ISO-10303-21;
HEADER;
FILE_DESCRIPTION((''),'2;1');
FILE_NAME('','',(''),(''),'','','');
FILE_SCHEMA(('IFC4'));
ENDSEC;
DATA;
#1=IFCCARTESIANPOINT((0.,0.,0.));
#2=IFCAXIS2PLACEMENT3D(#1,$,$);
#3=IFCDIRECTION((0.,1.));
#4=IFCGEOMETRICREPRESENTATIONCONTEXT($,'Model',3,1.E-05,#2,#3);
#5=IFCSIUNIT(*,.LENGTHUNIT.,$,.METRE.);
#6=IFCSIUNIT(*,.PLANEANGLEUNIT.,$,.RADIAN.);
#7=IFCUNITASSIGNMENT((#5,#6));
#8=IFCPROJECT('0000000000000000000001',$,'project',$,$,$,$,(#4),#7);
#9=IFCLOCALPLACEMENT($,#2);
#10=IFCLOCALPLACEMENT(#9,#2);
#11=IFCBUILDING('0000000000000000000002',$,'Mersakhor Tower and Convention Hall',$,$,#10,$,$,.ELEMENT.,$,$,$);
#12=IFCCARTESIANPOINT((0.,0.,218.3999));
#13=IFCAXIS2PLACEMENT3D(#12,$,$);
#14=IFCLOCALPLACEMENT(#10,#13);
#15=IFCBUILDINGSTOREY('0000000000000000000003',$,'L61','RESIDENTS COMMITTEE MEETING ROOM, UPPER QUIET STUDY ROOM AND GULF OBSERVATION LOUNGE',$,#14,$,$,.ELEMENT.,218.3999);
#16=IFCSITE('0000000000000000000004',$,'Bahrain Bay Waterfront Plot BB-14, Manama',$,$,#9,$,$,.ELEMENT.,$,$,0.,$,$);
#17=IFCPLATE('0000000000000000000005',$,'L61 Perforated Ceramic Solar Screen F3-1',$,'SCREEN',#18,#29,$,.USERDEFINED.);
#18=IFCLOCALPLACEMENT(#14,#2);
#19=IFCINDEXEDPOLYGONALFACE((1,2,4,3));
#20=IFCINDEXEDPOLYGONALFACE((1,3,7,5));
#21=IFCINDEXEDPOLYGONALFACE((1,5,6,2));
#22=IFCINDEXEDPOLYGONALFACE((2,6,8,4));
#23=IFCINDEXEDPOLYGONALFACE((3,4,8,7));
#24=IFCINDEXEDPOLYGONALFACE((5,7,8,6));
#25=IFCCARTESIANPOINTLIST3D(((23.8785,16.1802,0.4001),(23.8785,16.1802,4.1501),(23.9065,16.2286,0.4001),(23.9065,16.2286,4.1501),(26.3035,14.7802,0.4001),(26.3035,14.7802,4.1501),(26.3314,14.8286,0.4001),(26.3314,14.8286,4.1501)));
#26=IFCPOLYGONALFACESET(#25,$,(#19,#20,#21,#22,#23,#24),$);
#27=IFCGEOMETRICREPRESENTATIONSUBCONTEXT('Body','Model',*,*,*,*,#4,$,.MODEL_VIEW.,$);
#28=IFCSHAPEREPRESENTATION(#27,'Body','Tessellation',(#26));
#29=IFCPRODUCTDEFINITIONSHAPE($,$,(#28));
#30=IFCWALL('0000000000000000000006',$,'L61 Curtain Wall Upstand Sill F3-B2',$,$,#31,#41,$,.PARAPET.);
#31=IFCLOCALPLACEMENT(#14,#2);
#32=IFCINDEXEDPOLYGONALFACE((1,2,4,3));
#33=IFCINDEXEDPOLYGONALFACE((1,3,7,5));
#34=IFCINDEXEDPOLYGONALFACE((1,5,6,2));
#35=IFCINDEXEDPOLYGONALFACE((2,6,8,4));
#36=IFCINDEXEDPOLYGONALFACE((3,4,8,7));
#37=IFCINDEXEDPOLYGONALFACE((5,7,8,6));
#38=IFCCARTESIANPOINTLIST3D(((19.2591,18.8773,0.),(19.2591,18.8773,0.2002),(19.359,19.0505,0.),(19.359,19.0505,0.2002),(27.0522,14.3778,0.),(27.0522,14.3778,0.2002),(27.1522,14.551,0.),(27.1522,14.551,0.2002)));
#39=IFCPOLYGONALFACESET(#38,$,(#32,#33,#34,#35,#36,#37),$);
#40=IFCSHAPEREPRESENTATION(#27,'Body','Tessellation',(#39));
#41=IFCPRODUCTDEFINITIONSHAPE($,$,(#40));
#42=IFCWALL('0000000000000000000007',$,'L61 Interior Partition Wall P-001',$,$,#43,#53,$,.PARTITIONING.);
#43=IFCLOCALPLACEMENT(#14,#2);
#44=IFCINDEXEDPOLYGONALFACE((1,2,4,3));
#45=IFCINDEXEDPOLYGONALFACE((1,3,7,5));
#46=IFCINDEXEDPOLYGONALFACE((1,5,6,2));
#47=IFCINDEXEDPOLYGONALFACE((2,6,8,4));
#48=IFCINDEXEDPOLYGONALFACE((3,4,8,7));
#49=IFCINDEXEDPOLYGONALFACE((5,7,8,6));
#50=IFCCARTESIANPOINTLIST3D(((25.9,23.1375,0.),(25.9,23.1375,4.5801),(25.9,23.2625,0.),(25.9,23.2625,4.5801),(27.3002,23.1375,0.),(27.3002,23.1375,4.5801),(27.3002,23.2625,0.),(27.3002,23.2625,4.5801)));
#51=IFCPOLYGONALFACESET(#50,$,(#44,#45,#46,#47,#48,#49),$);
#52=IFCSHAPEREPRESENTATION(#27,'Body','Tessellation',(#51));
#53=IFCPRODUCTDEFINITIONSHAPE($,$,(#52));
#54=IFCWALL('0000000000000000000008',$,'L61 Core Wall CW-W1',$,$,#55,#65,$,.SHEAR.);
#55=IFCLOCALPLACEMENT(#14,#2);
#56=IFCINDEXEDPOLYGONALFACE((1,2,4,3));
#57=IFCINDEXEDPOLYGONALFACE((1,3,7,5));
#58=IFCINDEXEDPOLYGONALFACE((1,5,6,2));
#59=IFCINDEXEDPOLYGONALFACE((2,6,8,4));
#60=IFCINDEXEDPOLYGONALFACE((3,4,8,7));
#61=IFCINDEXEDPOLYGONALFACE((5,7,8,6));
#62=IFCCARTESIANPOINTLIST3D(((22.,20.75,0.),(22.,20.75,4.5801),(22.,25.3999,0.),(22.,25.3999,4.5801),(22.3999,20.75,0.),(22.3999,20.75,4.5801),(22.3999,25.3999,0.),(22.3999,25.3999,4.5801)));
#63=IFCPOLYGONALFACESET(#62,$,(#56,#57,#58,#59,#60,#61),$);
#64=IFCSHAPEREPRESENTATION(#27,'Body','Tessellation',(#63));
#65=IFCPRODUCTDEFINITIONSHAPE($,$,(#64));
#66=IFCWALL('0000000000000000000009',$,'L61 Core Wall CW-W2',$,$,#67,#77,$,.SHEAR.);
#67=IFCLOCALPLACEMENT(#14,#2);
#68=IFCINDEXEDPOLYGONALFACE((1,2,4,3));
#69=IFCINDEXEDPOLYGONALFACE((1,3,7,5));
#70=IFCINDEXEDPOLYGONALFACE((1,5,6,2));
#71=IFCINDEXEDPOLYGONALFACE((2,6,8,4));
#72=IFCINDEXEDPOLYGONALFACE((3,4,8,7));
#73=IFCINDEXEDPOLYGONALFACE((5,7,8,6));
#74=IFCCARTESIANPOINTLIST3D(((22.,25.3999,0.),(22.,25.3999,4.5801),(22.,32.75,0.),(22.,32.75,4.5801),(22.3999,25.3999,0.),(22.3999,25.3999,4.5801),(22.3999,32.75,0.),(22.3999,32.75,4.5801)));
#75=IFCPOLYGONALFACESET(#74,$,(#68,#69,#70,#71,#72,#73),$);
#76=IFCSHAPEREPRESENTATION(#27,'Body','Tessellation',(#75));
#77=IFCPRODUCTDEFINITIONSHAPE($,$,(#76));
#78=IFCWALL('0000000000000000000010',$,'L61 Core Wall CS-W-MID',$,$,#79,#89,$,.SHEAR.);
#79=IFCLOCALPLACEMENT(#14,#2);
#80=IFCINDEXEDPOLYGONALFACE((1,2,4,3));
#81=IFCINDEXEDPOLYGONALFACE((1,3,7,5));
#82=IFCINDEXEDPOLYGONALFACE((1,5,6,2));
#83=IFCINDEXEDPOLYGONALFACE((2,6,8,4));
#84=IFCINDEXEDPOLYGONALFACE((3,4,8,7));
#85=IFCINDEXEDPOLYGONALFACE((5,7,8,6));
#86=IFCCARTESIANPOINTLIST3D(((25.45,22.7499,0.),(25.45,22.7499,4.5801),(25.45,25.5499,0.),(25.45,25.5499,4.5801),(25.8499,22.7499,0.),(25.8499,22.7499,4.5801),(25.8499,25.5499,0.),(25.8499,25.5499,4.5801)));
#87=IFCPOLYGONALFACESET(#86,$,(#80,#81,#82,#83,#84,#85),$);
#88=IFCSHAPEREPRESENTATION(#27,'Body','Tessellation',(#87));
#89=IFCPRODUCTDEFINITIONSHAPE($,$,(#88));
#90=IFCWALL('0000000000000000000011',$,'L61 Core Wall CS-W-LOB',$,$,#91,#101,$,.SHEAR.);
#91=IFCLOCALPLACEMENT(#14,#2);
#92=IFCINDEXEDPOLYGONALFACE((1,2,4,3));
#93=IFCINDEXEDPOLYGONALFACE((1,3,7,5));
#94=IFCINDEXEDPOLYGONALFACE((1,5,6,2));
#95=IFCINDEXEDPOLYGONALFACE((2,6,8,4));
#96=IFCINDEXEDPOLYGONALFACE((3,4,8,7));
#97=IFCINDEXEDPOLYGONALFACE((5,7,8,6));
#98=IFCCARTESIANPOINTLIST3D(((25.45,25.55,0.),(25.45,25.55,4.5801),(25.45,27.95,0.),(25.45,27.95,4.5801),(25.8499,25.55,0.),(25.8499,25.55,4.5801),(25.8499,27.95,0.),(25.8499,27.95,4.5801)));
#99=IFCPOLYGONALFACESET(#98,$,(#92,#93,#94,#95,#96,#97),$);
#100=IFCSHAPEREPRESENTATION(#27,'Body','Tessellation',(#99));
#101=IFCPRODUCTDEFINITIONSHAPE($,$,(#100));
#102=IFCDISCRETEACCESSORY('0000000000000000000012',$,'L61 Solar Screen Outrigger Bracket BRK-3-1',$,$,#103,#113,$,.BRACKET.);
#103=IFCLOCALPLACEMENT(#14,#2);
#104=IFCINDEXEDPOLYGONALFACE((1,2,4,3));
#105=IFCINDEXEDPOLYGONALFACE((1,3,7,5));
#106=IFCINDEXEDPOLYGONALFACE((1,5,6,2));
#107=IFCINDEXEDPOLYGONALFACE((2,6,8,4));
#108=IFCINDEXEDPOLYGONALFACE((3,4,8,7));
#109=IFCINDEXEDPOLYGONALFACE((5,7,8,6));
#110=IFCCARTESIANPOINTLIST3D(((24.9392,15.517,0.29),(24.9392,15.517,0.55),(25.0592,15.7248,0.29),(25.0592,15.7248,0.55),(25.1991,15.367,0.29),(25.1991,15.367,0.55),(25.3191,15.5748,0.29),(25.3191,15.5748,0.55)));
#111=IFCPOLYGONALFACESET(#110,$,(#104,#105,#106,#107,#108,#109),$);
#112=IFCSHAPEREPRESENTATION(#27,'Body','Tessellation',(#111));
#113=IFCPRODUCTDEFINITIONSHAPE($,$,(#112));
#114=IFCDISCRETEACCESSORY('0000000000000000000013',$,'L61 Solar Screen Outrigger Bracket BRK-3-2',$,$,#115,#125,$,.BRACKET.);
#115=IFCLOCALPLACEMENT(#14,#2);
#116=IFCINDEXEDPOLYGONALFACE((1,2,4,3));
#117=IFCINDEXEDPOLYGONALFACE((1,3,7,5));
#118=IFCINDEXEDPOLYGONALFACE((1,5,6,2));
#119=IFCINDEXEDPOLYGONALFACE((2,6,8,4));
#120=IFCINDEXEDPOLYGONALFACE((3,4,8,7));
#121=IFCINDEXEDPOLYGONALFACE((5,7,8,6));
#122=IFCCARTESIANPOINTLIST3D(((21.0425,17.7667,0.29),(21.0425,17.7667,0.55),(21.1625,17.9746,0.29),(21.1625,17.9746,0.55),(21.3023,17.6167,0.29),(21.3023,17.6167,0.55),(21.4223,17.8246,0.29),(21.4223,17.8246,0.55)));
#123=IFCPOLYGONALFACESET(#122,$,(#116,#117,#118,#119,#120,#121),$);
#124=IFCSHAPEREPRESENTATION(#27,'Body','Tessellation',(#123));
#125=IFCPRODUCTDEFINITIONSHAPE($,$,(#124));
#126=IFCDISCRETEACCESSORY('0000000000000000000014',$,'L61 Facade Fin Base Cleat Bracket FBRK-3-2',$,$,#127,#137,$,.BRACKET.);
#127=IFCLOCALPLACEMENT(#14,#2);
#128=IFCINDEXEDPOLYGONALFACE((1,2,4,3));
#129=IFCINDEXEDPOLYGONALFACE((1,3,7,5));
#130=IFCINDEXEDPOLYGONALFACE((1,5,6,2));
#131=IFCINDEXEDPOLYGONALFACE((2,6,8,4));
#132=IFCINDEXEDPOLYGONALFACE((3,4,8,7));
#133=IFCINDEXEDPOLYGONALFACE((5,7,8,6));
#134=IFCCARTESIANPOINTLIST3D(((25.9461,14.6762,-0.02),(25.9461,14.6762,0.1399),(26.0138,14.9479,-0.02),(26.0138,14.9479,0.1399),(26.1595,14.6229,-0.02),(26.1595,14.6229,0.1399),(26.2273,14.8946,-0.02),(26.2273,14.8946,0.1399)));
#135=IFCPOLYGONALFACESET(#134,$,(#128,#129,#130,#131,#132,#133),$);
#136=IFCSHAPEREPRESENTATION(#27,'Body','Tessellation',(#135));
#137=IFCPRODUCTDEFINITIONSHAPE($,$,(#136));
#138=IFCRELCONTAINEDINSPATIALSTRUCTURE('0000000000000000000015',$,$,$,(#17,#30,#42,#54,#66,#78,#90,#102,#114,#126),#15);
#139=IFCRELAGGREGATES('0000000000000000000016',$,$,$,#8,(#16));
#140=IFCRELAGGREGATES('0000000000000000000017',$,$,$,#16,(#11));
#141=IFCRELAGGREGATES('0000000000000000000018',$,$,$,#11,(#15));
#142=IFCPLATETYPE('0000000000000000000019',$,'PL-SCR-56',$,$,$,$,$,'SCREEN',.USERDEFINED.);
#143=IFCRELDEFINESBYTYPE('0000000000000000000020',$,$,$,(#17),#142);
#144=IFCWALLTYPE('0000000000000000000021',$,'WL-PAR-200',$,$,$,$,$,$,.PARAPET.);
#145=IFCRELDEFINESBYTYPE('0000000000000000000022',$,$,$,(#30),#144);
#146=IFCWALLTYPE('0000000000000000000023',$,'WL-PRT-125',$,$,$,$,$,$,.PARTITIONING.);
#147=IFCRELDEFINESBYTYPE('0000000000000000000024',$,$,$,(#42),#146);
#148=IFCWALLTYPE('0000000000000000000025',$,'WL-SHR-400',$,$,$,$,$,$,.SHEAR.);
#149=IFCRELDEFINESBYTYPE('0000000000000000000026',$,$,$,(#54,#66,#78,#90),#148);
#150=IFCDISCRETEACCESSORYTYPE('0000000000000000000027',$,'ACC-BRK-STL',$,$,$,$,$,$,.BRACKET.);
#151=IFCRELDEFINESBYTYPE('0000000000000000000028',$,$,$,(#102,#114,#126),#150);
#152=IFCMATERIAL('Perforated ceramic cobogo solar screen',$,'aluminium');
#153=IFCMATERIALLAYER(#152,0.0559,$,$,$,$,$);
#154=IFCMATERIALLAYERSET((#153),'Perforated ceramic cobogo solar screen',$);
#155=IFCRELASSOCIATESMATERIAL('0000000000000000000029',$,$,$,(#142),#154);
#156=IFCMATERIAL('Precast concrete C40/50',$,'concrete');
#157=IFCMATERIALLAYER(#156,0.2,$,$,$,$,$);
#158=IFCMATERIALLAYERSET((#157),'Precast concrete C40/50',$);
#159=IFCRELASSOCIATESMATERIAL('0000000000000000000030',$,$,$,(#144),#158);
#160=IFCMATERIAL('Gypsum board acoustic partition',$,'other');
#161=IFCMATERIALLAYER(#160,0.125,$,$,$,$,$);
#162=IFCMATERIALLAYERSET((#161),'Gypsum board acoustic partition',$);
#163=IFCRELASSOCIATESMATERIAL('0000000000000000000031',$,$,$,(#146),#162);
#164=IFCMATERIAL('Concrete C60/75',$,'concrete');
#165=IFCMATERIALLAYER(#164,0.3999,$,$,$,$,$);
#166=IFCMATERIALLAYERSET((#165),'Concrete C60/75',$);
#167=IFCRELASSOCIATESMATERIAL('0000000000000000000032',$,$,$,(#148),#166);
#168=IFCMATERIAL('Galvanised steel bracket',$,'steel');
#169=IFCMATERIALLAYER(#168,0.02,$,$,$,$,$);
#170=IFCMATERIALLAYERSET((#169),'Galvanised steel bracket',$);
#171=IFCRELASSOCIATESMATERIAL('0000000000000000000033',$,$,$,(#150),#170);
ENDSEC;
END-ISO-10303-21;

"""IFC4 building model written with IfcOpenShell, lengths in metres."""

from ifc_helpers import new_model, si_unit, direction, frame, frame_2d, origin, origin_2d, place, context, subcontext, project, spatial, rectangle, extrude, material, layer, layer_set, type_object, element, save


model = new_model("IFC4")

# Units and contexts
model_context = context("Model", 3, precision=1e-05, world=origin(), true_north=direction((0.0, 1.0)))
body_context = subcontext(model_context, "Body", "Model", "MODEL_VIEW")
ifc_project = project(units=[si_unit("LENGTHUNIT", "METRE"), si_unit("PLANEANGLEUNIT", "RADIAN")], contexts=[model_context])

# Site, building, storey
site_placement = place(None, origin())
site = spatial("IfcSite", under=ifc_project, at=site_placement, Name="Bahrain Bay Waterfront Plot BB-14, Manama", CompositionType="ELEMENT", RefElevation=0.0)
building_placement = place(site_placement, origin())
building = spatial("IfcBuilding", under=site, at=building_placement, Name="Mersakhor Tower and Convention Hall", CompositionType="ELEMENT")
storey_placement = place(building_placement, frame((0.0, 0.0, 218.3999)))
storey = spatial("IfcBuildingStorey", under=building, at=storey_placement, Name="L61", Description="RESIDENTS COMMITTEE MEETING ROOM, UPPER QUIET STUDY ROOM AND GULF OBSERVATION LOUNGE", CompositionType="ELEMENT", Elevation=218.3999)

# Plate
ifc_material_1 = material(Name="Perforated ceramic cobogo solar screen", Category="aluminium")
ifc_layer_1 = layer(ifc_material_1, 0.0559)
ifc_layer_set_1 = layer_set([ifc_layer_1], Name="Perforated ceramic cobogo solar screen")
plate_type_1 = type_object("IfcPlateType", Name="PL-SCR-56", ElementType="SCREEN", PredefinedType="USERDEFINED", material=ifc_layer_set_1)
plate_1_placement = place(storey_placement, frame((25.105, 15.5044, 0.4001), z_axis=(0.0, 0.0, 1.0), x_axis=(-0.866025, 0.5, 0.0)))
element("IfcPlate", 1, at=plate_1_placement, inside=storey, type_object=plate_type_1, Name="L61 Perforated Ceramic Solar Screen F3-1", ObjectType="SCREEN", PredefinedType="USERDEFINED", context=body_context, shape_type="SweptSolid", body=[
    extrude(rectangle(XDim=2.8, YDim=0.0559, at=origin_2d()), origin(), (0.0, 0.0, 1.0), 3.75),
])

# Walls
ifc_material_2 = material(Name="Precast concrete C40/50", Category="concrete")
ifc_layer_2 = layer(ifc_material_2, 0.2)
ifc_layer_set_2 = layer_set([ifc_layer_2], Name="Precast concrete C40/50")
wall_type_1 = type_object("IfcWallType", Name="WL-PAR-200", PredefinedType="PARAPET", material=ifc_layer_set_2)
wall_1_placement = place(storey_placement, frame((27.1023, 14.4644, 0.0), z_axis=(0.0, 0.0, 1.0), x_axis=(-0.866021, 0.500008, 0.0)))
element("IfcWall", 2, at=wall_1_placement, inside=storey, type_object=wall_type_1, Name="L61 Curtain Wall Upstand Sill F3-B2", PredefinedType="PARAPET", context=body_context, shape_type="SweptSolid", body=[
    extrude(rectangle(XDim=8.9988, YDim=0.2, at=frame_2d((4.4995, 0.0))), origin(), (0.0, 0.0, 1.0), 0.2002),
])
ifc_material_3 = material(Name="Gypsum board acoustic partition", Category="other")
ifc_layer_3 = layer(ifc_material_3, 0.125)
ifc_layer_set_3 = layer_set([ifc_layer_3], Name="Gypsum board acoustic partition")
wall_type_2 = type_object("IfcWallType", Name="WL-PRT-125", PredefinedType="PARTITIONING", material=ifc_layer_set_3)
wall_2_placement = place(storey_placement, frame((25.8999, 23.2, 0.0), z_axis=(0.0, 0.0, 1.0), x_axis=(1.0, 0.0, 0.0)))
element("IfcWall", 3, at=wall_2_placement, inside=storey, type_object=wall_type_2, Name="L61 Interior Partition Wall P-001", PredefinedType="PARTITIONING", context=body_context, shape_type="SweptSolid", body=[
    extrude(rectangle(XDim=1.4001, YDim=0.125, at=frame_2d((0.7002, 0.0))), origin(), (0.0, 0.0, 1.0), 4.5801),
])

# Walls
ifc_material_4 = material(Name="Concrete C60/75", Category="concrete")
ifc_layer_4 = layer(ifc_material_4, 0.3999)
ifc_layer_set_4 = layer_set([ifc_layer_4], Name="Concrete C60/75")
wall_type_3 = type_object("IfcWallType", Name="WL-SHR-400", PredefinedType="SHEAR", material=ifc_layer_set_4)
wall_3_placement = place(storey_placement, frame((22.2, 20.75, 0.0), z_axis=(0.0, 0.0, 1.0), x_axis=(0.0, 1.0, 0.0)))
element("IfcWall", 4, at=wall_3_placement, inside=storey, type_object=wall_type_3, Name="L61 Core Wall CW-W1", PredefinedType="SHEAR", context=body_context, shape_type="SweptSolid", body=[
    extrude(rectangle(XDim=4.6499, YDim=0.3999, at=frame_2d((2.325, 0.0))), origin(), (0.0, 0.0, 1.0), 4.5801),
])
wall_4_placement = place(storey_placement, frame((22.2, 25.3999, 0.0), z_axis=(0.0, 0.0, 1.0), x_axis=(0.0, 1.0, 0.0)))
element("IfcWall", 5, at=wall_4_placement, inside=storey, type_object=wall_type_3, Name="L61 Core Wall CW-W2", PredefinedType="SHEAR", context=body_context, shape_type="SweptSolid", body=[
    extrude(rectangle(XDim=7.3501, YDim=0.3999, at=frame_2d((3.675, 0.0))), origin(), (0.0, 0.0, 1.0), 4.5801),
])

# Walls
wall_5_placement = place(storey_placement, frame((25.6499, 22.75, 0.0), z_axis=(0.0, 0.0, 1.0), x_axis=(0.0, 1.0, 0.0)))
element("IfcWall", 6, at=wall_5_placement, inside=storey, type_object=wall_type_3, Name="L61 Core Wall CS-W-MID", PredefinedType="SHEAR", context=body_context, shape_type="SweptSolid", body=[
    extrude(rectangle(XDim=2.8, YDim=0.3999, at=frame_2d((1.3999, 0.0))), origin(), (0.0, 0.0, 1.0), 4.5801),
])
wall_6_placement = place(storey_placement, frame((25.6499, 25.55, 0.0), z_axis=(0.0, 0.0, 1.0), x_axis=(0.0, 1.0, 0.0)))
element("IfcWall", 7, at=wall_6_placement, inside=storey, type_object=wall_type_3, Name="L61 Core Wall CS-W-LOB", PredefinedType="SHEAR", context=body_context, shape_type="SweptSolid", body=[
    extrude(rectangle(XDim=2.3999, YDim=0.3999, at=frame_2d((1.2, 0.0))), origin(), (0.0, 0.0, 1.0), 4.5801),
])

# Discrete accessories
ifc_material_5 = material(Name="Galvanised steel bracket", Category="steel")
ifc_layer_5 = layer(ifc_material_5, 0.02)
ifc_layer_set_5 = layer_set([ifc_layer_5], Name="Galvanised steel bracket")
discrete_accessory_type = type_object("IfcDiscreteAccessoryType", Name="ACC-BRK-STL", PredefinedType="BRACKET", material=ifc_layer_set_5)
for number, where, z_axis, x_axis, name in (
    (8, (25.1292, 15.5459, 0.29), (0.0, 0.0, 1.0), (-0.866025, 0.5, 0.0), "L61 Solar Screen Outrigger Bracket BRK-3-1"),
    (9, (21.2324, 17.7957, 0.29), (0.0, 0.0, 1.0), (-0.866025, 0.5, 0.0), "L61 Solar Screen Outrigger Bracket BRK-3-2"),
):
    element("IfcDiscreteAccessory", number, at=place(storey_placement, frame(where, z_axis=z_axis, x_axis=x_axis)), inside=storey, type_object=discrete_accessory_type, Name=name, PredefinedType="BRACKET", context=body_context, shape_type="SweptSolid", body=[
        extrude(rectangle(XDim=0.3, YDim=0.24, at=origin_2d()), origin(), (0.0, 0.0, 1.0), 0.26),
    ])
discrete_accessory_placement = place(storey_placement, frame((26.0867, 14.7854, -0.02), z_axis=(0.0, 0.0, 1.0), x_axis=(-0.241922, -0.970296, 0.0)))
element("IfcDiscreteAccessory", 10, at=discrete_accessory_placement, inside=storey, type_object=discrete_accessory_type, Name="L61 Facade Fin Base Cleat Bracket FBRK-3-2", PredefinedType="BRACKET", context=body_context, shape_type="SweptSolid", body=[
    extrude(rectangle(XDim=0.28, YDim=0.22, at=origin_2d()), origin(), (0.0, 0.0, 1.0), 0.1599),
])

save(model, "model.ifc")
